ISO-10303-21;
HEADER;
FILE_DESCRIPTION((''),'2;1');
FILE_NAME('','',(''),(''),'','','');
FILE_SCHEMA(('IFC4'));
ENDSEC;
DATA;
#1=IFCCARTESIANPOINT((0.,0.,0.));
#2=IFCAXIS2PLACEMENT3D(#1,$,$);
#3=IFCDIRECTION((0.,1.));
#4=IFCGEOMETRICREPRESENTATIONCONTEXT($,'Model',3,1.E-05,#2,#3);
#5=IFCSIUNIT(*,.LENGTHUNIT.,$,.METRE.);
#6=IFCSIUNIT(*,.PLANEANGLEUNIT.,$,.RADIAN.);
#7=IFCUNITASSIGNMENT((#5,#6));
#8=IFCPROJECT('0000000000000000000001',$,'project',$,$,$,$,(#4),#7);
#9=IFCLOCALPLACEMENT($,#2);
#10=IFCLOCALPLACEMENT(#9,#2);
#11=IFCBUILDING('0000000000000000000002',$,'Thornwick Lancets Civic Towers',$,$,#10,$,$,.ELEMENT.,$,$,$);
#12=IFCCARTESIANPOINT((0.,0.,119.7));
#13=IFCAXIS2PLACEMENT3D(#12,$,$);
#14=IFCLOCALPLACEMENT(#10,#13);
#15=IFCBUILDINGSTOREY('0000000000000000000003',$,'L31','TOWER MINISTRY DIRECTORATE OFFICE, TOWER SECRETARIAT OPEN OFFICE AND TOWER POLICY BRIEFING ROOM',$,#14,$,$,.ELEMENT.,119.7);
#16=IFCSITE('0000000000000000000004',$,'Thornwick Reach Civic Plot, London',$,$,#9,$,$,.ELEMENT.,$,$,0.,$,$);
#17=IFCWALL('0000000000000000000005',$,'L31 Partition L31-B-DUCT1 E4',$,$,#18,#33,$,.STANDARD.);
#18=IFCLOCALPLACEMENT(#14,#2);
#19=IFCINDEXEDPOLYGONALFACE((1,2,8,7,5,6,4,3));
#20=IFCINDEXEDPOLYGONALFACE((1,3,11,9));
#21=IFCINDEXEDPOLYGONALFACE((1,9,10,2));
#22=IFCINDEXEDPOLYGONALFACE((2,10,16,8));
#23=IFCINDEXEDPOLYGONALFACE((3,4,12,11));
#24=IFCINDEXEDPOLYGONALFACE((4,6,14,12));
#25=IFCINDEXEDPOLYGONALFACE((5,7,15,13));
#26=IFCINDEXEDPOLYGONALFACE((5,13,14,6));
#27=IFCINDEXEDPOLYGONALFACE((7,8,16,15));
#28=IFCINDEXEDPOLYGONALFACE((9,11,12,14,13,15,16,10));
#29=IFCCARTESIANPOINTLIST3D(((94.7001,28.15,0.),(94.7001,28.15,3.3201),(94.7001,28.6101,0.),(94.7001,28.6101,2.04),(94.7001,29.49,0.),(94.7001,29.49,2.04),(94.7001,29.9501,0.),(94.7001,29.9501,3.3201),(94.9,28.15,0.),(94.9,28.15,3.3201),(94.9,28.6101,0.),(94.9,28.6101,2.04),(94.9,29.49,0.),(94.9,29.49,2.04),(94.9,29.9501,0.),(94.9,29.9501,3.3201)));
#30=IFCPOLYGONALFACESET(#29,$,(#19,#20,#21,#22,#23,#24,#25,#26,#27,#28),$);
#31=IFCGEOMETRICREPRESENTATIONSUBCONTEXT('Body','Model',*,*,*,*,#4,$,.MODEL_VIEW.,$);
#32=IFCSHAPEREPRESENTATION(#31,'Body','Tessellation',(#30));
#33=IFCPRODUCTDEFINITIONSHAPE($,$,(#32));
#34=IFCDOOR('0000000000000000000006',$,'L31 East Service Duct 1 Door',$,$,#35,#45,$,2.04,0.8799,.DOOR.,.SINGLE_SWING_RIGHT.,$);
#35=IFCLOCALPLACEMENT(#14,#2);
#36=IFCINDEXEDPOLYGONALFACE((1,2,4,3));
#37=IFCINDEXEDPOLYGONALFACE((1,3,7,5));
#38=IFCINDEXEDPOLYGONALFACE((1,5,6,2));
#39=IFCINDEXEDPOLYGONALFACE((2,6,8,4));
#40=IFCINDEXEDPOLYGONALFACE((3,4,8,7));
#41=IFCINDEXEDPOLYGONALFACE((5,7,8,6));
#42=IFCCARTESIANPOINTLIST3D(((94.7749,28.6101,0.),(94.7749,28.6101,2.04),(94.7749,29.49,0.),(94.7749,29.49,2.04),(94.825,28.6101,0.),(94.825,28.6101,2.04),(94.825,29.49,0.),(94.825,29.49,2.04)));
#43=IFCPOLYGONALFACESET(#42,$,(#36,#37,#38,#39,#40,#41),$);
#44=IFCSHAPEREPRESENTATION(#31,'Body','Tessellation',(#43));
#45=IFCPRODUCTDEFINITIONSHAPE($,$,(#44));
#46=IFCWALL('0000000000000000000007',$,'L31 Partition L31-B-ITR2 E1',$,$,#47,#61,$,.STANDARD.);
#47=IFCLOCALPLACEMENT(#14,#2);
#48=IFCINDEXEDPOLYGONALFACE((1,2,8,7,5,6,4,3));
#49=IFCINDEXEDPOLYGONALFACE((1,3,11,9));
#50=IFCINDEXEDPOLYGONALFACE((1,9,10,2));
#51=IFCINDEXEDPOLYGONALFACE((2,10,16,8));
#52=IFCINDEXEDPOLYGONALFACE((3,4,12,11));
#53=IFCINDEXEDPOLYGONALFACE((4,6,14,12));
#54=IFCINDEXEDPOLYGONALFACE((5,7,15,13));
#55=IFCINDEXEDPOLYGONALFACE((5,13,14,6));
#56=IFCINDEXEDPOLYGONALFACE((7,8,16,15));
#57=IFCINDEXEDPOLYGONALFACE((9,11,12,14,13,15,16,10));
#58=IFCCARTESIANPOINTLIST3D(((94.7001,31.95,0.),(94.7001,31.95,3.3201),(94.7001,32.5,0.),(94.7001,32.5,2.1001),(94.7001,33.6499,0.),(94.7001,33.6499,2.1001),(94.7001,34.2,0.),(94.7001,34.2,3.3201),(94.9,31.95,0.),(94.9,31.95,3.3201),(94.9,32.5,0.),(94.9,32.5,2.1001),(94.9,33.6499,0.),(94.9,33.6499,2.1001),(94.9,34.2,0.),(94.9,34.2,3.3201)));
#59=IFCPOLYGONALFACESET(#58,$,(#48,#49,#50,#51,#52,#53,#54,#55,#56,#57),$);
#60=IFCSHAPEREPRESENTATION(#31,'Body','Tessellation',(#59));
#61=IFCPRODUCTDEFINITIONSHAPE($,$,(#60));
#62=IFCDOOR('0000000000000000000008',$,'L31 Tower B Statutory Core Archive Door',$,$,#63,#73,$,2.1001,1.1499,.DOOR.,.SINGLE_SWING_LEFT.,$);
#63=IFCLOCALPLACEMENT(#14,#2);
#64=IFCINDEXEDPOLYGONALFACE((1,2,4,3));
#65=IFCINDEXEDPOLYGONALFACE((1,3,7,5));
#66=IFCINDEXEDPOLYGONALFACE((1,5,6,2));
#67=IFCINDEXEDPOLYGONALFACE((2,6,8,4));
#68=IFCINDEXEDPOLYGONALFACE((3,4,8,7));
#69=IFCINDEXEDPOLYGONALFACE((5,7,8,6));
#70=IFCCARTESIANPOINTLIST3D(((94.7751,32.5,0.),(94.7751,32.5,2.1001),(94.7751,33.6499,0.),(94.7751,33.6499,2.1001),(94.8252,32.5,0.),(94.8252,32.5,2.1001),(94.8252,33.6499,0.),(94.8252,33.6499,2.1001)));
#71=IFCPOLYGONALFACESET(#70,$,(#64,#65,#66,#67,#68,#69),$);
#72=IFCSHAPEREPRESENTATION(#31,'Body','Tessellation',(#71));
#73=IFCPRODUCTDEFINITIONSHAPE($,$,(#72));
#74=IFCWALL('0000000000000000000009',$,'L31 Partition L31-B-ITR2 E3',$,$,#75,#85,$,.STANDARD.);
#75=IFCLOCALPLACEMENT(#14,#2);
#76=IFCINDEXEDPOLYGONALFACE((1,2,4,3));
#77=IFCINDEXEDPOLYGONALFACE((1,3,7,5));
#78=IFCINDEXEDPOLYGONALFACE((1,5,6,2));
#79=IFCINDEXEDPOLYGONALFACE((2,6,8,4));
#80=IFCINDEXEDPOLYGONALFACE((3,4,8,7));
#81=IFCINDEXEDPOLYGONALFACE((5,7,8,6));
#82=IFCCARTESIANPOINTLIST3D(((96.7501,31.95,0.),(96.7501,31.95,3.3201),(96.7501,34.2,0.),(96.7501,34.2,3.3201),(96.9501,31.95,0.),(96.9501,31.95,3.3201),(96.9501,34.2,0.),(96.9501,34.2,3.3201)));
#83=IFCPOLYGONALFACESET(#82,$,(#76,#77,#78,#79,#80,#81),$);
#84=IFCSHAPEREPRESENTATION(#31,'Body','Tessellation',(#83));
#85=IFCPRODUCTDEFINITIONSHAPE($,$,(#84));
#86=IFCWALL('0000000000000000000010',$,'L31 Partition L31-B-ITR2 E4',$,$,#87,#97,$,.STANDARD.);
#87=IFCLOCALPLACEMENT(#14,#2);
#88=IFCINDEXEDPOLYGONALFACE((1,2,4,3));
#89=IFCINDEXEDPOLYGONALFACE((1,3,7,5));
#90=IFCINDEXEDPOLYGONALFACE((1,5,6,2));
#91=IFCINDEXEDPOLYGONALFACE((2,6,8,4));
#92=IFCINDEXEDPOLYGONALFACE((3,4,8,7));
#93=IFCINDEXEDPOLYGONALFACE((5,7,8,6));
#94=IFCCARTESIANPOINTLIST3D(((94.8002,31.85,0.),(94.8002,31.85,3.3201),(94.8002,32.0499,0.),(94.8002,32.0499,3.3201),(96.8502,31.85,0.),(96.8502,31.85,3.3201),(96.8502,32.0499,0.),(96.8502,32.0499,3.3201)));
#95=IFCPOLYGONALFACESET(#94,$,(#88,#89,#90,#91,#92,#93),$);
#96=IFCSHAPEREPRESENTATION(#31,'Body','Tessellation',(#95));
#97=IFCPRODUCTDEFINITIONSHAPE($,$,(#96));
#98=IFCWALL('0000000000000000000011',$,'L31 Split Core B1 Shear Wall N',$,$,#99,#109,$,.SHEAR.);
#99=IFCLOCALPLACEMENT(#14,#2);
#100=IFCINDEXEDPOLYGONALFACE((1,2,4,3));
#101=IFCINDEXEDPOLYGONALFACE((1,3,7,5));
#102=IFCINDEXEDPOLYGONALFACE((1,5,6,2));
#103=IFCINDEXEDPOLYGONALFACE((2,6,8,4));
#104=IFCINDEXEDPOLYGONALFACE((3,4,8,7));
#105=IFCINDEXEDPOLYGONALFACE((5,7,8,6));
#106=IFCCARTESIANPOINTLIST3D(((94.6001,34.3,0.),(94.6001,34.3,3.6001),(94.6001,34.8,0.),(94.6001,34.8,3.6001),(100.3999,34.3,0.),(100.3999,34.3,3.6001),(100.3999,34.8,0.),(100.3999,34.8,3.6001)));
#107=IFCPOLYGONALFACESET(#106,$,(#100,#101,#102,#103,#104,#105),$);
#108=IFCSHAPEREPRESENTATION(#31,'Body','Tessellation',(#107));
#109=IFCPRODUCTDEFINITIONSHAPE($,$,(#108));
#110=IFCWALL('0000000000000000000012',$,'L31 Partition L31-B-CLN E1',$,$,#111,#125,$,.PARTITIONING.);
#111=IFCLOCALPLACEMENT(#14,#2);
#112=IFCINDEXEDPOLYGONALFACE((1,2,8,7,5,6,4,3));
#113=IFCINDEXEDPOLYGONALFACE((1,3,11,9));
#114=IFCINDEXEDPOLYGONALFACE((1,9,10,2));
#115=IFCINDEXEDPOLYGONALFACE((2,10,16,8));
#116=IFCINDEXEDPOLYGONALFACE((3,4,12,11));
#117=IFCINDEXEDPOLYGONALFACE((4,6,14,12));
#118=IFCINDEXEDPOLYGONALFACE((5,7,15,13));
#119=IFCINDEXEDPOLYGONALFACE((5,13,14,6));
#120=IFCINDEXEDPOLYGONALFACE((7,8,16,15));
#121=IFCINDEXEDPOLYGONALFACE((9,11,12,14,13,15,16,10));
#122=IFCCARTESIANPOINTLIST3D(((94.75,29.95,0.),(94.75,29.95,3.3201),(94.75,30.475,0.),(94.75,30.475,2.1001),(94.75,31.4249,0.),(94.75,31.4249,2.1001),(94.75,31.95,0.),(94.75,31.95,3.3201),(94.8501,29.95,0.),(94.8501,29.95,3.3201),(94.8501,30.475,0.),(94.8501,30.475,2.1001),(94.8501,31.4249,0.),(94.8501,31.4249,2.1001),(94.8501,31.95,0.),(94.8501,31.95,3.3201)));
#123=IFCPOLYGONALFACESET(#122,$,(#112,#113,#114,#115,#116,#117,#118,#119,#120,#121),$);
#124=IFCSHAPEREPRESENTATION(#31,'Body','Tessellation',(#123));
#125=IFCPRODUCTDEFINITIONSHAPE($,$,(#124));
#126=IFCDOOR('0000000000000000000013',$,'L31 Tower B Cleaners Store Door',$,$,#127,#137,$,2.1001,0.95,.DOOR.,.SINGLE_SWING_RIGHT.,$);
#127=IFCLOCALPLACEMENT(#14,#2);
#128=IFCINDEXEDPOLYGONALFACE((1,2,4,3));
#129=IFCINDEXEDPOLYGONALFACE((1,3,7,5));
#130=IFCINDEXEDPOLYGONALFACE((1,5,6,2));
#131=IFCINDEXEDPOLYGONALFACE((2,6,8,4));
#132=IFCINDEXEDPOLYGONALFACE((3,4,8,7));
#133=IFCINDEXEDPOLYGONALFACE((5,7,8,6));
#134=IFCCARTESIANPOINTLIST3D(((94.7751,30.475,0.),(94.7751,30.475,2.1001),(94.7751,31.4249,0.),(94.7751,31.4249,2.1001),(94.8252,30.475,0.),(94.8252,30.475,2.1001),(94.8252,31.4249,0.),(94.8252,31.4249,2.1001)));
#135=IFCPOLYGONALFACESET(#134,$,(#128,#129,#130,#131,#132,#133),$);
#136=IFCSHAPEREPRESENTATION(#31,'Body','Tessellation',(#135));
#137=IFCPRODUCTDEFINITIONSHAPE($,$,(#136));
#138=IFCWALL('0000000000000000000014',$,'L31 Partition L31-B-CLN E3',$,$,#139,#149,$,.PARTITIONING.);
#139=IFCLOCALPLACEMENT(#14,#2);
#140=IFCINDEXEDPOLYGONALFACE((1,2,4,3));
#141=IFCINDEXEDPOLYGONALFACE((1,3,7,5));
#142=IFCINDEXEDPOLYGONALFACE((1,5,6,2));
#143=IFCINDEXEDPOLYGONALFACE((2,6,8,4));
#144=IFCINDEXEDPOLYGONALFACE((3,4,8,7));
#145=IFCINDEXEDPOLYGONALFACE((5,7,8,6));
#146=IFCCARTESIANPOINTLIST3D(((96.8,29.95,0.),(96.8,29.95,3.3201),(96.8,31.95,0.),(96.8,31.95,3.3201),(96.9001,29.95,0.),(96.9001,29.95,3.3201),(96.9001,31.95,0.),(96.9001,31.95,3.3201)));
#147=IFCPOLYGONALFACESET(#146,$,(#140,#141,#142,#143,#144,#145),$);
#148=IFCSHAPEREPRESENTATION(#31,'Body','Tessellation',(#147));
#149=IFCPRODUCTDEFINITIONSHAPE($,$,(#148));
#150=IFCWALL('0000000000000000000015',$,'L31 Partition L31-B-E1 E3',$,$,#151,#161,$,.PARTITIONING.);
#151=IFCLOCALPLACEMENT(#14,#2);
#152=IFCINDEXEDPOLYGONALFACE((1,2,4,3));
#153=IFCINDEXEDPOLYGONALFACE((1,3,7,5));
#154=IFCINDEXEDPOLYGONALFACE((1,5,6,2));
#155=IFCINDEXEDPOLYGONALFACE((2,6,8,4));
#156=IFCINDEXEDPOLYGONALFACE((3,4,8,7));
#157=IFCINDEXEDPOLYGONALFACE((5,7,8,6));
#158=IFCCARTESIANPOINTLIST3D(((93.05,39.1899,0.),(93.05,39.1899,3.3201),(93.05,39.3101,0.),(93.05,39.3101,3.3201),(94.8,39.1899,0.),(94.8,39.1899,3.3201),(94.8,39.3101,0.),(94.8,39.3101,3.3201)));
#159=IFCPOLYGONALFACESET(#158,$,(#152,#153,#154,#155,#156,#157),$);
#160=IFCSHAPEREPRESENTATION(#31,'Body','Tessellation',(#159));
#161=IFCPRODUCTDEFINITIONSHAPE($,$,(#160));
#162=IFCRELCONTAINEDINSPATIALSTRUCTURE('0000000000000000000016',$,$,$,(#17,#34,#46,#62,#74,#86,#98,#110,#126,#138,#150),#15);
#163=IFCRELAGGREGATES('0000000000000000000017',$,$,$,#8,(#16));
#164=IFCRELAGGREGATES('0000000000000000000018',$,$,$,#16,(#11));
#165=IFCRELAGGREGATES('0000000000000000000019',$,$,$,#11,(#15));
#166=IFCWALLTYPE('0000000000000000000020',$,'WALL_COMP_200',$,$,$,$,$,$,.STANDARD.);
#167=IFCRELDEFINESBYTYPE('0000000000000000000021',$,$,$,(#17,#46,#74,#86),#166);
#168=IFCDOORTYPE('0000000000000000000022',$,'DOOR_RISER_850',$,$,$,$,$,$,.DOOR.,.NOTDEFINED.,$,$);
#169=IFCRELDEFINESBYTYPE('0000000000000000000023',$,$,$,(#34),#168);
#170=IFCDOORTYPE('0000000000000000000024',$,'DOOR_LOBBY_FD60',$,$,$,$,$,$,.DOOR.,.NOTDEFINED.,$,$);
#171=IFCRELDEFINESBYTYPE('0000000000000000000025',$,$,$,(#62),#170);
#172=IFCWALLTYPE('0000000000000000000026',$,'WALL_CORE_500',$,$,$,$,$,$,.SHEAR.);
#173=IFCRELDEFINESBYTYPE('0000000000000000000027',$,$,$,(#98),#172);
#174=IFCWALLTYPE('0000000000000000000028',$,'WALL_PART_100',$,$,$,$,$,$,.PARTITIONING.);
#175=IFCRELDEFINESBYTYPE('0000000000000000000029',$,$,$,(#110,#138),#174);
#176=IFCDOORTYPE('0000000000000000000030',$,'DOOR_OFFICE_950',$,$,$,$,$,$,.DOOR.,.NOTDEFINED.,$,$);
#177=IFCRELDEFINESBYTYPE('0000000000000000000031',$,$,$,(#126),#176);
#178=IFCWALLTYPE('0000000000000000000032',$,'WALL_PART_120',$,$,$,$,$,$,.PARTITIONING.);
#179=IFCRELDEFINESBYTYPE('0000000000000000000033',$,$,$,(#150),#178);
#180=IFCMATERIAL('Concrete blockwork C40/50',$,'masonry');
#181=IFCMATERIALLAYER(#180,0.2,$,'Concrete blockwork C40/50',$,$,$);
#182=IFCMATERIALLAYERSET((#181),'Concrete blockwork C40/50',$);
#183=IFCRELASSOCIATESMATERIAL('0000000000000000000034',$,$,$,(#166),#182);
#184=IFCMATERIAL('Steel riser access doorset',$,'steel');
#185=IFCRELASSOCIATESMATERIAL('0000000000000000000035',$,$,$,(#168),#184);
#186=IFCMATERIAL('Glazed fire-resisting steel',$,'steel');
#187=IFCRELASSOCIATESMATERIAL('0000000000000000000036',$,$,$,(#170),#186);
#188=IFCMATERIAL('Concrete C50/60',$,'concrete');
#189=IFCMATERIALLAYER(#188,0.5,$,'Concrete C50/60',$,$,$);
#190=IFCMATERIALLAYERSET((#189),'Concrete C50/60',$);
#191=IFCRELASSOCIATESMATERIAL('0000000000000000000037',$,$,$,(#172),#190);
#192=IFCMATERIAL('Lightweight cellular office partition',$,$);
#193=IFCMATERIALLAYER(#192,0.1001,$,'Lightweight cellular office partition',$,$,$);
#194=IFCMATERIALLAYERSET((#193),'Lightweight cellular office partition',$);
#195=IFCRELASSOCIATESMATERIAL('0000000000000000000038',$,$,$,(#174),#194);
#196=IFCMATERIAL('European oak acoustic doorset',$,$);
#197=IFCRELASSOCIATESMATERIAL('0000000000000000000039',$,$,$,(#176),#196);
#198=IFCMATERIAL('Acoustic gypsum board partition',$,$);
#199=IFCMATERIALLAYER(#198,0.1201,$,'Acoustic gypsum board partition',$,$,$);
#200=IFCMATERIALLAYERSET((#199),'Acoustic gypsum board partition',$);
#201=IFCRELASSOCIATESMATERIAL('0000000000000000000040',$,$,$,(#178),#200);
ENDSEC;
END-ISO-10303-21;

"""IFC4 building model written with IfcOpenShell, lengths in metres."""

from ifc_helpers import new_model, si_unit, direction, frame, frame_2d, origin, place, context, subcontext, project, spatial, rectangle, extrude, material, layer, layer_set, type_object, element, fill, save


model = new_model("IFC4")

# Units and contexts
model_context = context("Model", 3, precision=1e-05, world=origin(), true_north=direction((0.0, 1.0)))
body_context = subcontext(model_context, "Body", "Model", "MODEL_VIEW")
ifc_project = project(units=[si_unit("LENGTHUNIT", "METRE"), si_unit("PLANEANGLEUNIT", "RADIAN")], contexts=[model_context])

# Site, building, storey
site_placement = place(None, origin())
site = spatial("IfcSite", under=ifc_project, at=site_placement, Name="Thornwick Reach Civic Plot, London", CompositionType="ELEMENT", RefElevation=0.0)
building_placement = place(site_placement, origin())
building = spatial("IfcBuilding", under=site, at=building_placement, Name="Thornwick Lancets Civic Towers", CompositionType="ELEMENT")
storey_placement = place(building_placement, frame((0.0, 0.0, 119.7)))
storey = spatial("IfcBuildingStorey", under=building, at=storey_placement, Name="L31", Description="TOWER MINISTRY DIRECTORATE OFFICE, TOWER SECRETARIAT OPEN OFFICE AND TOWER POLICY BRIEFING ROOM", CompositionType="ELEMENT", Elevation=119.7)

# Shared definitions
ifc_material_1 = material(Name="Concrete blockwork C40/50", Category="masonry")
ifc_layer_1 = layer(ifc_material_1, 0.2, Name="Concrete blockwork C40/50")
ifc_layer_set_1 = layer_set([ifc_layer_1], Name="Concrete blockwork C40/50")
wall_type_1 = type_object("IfcWallType", Name="WALL_COMP_200", PredefinedType="STANDARD", material=ifc_layer_set_1)

# Walls, openings, doors
wall_1_placement = place(storey_placement, frame((94.8, 29.95, 0.0), z_axis=(0.0, 0.0, 1.0), x_axis=(0.0, -1.0, 0.0)))
wall_1 = element("IfcWall", 1, at=wall_1_placement, inside=storey, type_object=wall_type_1, Name="L31 Partition L31-B-DUCT1 E4", PredefinedType="STANDARD", context=body_context, shape_type="SweptSolid", body=[
    extrude(rectangle(XDim=1.8, YDim=0.2, at=frame_2d((0.8999, 0.0))), origin(), (0.0, 0.0, 1.0), 3.3201),
])
opening_1_placement = place(wall_1_placement, frame((0.46, 0.0, 0.0)))
opening_1 = element("IfcOpeningElement", 2, at=opening_1_placement, cuts=wall_1, PredefinedType="OPENING", context=body_context, shape_type="SweptSolid", body=[
    extrude(rectangle(XDim=0.8799, YDim=2.04, at=frame_2d((0.4399, 1.02))), frame((0.0, 0.1099, 0.0), z_axis=(0.0, -1.0, 0.0), x_axis=(1.0, 0.0, 0.0)), (0.0, 0.0, 1.0), 0.22),
])
ifc_material_2 = material(Name="Steel riser access doorset", Category="steel")
door_type_1 = type_object("IfcDoorType", Name="DOOR_RISER_850", OperationType="NOTDEFINED", PredefinedType="DOOR", material=ifc_material_2)
door_1_placement = place(opening_1_placement, origin())
door_1 = element("IfcDoor", 3, at=door_1_placement, inside=storey, type_object=door_type_1, Name="L31 East Service Duct 1 Door", OperationType="SINGLE_SWING_RIGHT", OverallHeight=2.04, OverallWidth=0.8799, PredefinedType="DOOR", context=body_context, shape_type="SweptSolid", body=[
    extrude(rectangle(XDim=0.8799, YDim=2.04, at=frame_2d((0.4399, 1.02))), frame((0.0, 0.0249, 0.0), z_axis=(0.0, -1.0, 0.0), x_axis=(1.0, 0.0, 0.0)), (0.0, 0.0, 1.0), 0.05),
])
fill(opening_1, door_1)
wall_2_placement = place(storey_placement, frame((94.8, 31.95, 0.0), z_axis=(0.0, 0.0, 1.0), x_axis=(0.0, 1.0, 0.0)))
wall_2 = element("IfcWall", 4, at=wall_2_placement, inside=storey, type_object=wall_type_1, Name="L31 Partition L31-B-ITR2 E1", PredefinedType="STANDARD", context=body_context, shape_type="SweptSolid", body=[
    extrude(rectangle(XDim=2.25, YDim=0.2, at=frame_2d((1.125, 0.0))), origin(), (0.0, 0.0, 1.0), 3.3201),
])
opening_2_placement = place(wall_2_placement, frame((0.55, 0.0, 0.0)))
opening_2 = element("IfcOpeningElement", 5, at=opening_2_placement, cuts=wall_2, PredefinedType="OPENING", context=body_context, shape_type="SweptSolid", body=[
    extrude(rectangle(XDim=1.1499, YDim=2.1001, at=frame_2d((0.575, 1.05))), frame((0.0, 0.1099, 0.0), z_axis=(0.0, -1.0, 0.0), x_axis=(1.0, 0.0, 0.0)), (0.0, 0.0, 1.0), 0.22),
])
ifc_material_3 = material(Name="Glazed fire-resisting steel", Category="steel")
door_type_2 = type_object("IfcDoorType", Name="DOOR_LOBBY_FD60", OperationType="NOTDEFINED", PredefinedType="DOOR", material=ifc_material_3)
door_2_placement = place(opening_2_placement, origin())
door_2 = element("IfcDoor", 6, at=door_2_placement, inside=storey, type_object=door_type_2, Name="L31 Tower B Statutory Core Archive Door", OperationType="SINGLE_SWING_LEFT", OverallHeight=2.1001, OverallWidth=1.1499, PredefinedType="DOOR", context=body_context, shape_type="SweptSolid", body=[
    extrude(rectangle(XDim=1.1499, YDim=2.1001, at=frame_2d((0.575, 1.05))), frame((0.0, 0.0249, 0.0), z_axis=(0.0, -1.0, 0.0), x_axis=(1.0, 0.0, 0.0)), (0.0, 0.0, 1.0), 0.05),
])
fill(opening_2, door_2)

# Walls
wall_3_placement = place(storey_placement, frame((96.8501, 34.2, 0.0), z_axis=(0.0, 0.0, 1.0), x_axis=(0.0, -1.0, 0.0)))
element("IfcWall", 7, at=wall_3_placement, inside=storey, type_object=wall_type_1, Name="L31 Partition L31-B-ITR2 E3", PredefinedType="STANDARD", context=body_context, shape_type="SweptSolid", body=[
    extrude(rectangle(XDim=2.25, YDim=0.2, at=frame_2d((1.125, 0.0))), origin(), (0.0, 0.0, 1.0), 3.3201),
])
wall_4_placement = place(storey_placement, frame((96.8501, 31.95, 0.0), z_axis=(0.0, 0.0, 1.0), x_axis=(-1.0, 0.0, 0.0)))
element("IfcWall", 8, at=wall_4_placement, inside=storey, type_object=wall_type_1, Name="L31 Partition L31-B-ITR2 E4", PredefinedType="STANDARD", context=body_context, shape_type="SweptSolid", body=[
    extrude(rectangle(XDim=2.05, YDim=0.2, at=frame_2d((1.0249, 0.0))), origin(), (0.0, 0.0, 1.0), 3.3201),
])
ifc_material_4 = material(Name="Concrete C50/60", Category="concrete")
ifc_layer_2 = layer(ifc_material_4, 0.5, Name="Concrete C50/60")
ifc_layer_set_2 = layer_set([ifc_layer_2], Name="Concrete C50/60")
wall_type_2 = type_object("IfcWallType", Name="WALL_CORE_500", PredefinedType="SHEAR", material=ifc_layer_set_2)
wall_5_placement = place(storey_placement, frame((94.6001, 34.55, 0.0), z_axis=(0.0, 0.0, 1.0), x_axis=(1.0, 0.0, 0.0)))
element("IfcWall", 9, at=wall_5_placement, inside=storey, type_object=wall_type_2, Name="L31 Split Core B1 Shear Wall N", PredefinedType="SHEAR", context=body_context, shape_type="SweptSolid", body=[
    extrude(rectangle(XDim=5.7998, YDim=0.5, at=frame_2d((2.8999, 0.0))), origin(), (0.0, 0.0, 1.0), 3.6001),
])

# Wall, opening, door
ifc_material_5 = material(Name="Lightweight cellular office partition")
ifc_layer_3 = layer(ifc_material_5, 0.1001, Name="Lightweight cellular office partition")
ifc_layer_set_3 = layer_set([ifc_layer_3], Name="Lightweight cellular office partition")
wall_type_3 = type_object("IfcWallType", Name="WALL_PART_100", PredefinedType="PARTITIONING", material=ifc_layer_set_3)
wall_6_placement = place(storey_placement, frame((94.8, 29.95, 0.0), z_axis=(0.0, 0.0, 1.0), x_axis=(0.0, 1.0, 0.0)))
wall_6 = element("IfcWall", 10, at=wall_6_placement, inside=storey, type_object=wall_type_3, Name="L31 Partition L31-B-CLN E1", PredefinedType="PARTITIONING", context=body_context, shape_type="SweptSolid", body=[
    extrude(rectangle(XDim=2.0, YDim=0.1001, at=frame_2d((1.0, 0.0))), origin(), (0.0, 0.0, 1.0), 3.3201),
])
opening_3_placement = place(wall_6_placement, frame((0.5249, 0.0, 0.0)))
opening_3 = element("IfcOpeningElement", 11, at=opening_3_placement, cuts=wall_6, PredefinedType="OPENING", context=body_context, shape_type="SweptSolid", body=[
    extrude(rectangle(XDim=0.95, YDim=2.1001, at=frame_2d((0.4751, 1.05))), frame((0.0, 0.0601, 0.0), z_axis=(0.0, -1.0, 0.0), x_axis=(1.0, 0.0, 0.0)), (0.0, 0.0, 1.0), 0.1201),
])
ifc_material_6 = material(Name="European oak acoustic doorset")
door_type_3 = type_object("IfcDoorType", Name="DOOR_OFFICE_950", OperationType="NOTDEFINED", PredefinedType="DOOR", material=ifc_material_6)
door_3_placement = place(opening_3_placement, origin())
door_3 = element("IfcDoor", 12, at=door_3_placement, inside=storey, type_object=door_type_3, Name="L31 Tower B Cleaners Store Door", OperationType="SINGLE_SWING_RIGHT", OverallHeight=2.1001, OverallWidth=0.95, PredefinedType="DOOR", context=body_context, shape_type="SweptSolid", body=[
    extrude(rectangle(XDim=0.95, YDim=2.1001, at=frame_2d((0.4751, 1.05))), frame((0.0, 0.0249, 0.0), z_axis=(0.0, -1.0, 0.0), x_axis=(1.0, 0.0, 0.0)), (0.0, 0.0, 1.0), 0.05),
])
fill(opening_3, door_3)

# Walls
wall_7_placement = place(storey_placement, frame((96.8501, 31.95, 0.0), z_axis=(0.0, 0.0, 1.0), x_axis=(0.0, -1.0, 0.0)))
element("IfcWall", 13, at=wall_7_placement, inside=storey, type_object=wall_type_3, Name="L31 Partition L31-B-CLN E3", PredefinedType="PARTITIONING", context=body_context, shape_type="SweptSolid", body=[
    extrude(rectangle(XDim=2.0, YDim=0.1001, at=frame_2d((1.0, 0.0))), origin(), (0.0, 0.0, 1.0), 3.3201),
])
ifc_material_7 = material(Name="Acoustic gypsum board partition")
ifc_layer_4 = layer(ifc_material_7, 0.1201, Name="Acoustic gypsum board partition")
ifc_layer_set_4 = layer_set([ifc_layer_4], Name="Acoustic gypsum board partition")
wall_type_4 = type_object("IfcWallType", Name="WALL_PART_120", PredefinedType="PARTITIONING", material=ifc_layer_set_4)
wall_8_placement = place(storey_placement, frame((94.8, 39.25, 0.0), z_axis=(0.0, 0.0, 1.0), x_axis=(-1.0, 0.0, 0.0)))
element("IfcWall", 14, at=wall_8_placement, inside=storey, type_object=wall_type_4, Name="L31 Partition L31-B-E1 E3", PredefinedType="PARTITIONING", context=body_context, shape_type="SweptSolid", body=[
    extrude(rectangle(XDim=1.75, YDim=0.1201, at=frame_2d((0.875, 0.0))), origin(), (0.0, 0.0, 1.0), 3.3201),
])

save(model, "model.ifc")
